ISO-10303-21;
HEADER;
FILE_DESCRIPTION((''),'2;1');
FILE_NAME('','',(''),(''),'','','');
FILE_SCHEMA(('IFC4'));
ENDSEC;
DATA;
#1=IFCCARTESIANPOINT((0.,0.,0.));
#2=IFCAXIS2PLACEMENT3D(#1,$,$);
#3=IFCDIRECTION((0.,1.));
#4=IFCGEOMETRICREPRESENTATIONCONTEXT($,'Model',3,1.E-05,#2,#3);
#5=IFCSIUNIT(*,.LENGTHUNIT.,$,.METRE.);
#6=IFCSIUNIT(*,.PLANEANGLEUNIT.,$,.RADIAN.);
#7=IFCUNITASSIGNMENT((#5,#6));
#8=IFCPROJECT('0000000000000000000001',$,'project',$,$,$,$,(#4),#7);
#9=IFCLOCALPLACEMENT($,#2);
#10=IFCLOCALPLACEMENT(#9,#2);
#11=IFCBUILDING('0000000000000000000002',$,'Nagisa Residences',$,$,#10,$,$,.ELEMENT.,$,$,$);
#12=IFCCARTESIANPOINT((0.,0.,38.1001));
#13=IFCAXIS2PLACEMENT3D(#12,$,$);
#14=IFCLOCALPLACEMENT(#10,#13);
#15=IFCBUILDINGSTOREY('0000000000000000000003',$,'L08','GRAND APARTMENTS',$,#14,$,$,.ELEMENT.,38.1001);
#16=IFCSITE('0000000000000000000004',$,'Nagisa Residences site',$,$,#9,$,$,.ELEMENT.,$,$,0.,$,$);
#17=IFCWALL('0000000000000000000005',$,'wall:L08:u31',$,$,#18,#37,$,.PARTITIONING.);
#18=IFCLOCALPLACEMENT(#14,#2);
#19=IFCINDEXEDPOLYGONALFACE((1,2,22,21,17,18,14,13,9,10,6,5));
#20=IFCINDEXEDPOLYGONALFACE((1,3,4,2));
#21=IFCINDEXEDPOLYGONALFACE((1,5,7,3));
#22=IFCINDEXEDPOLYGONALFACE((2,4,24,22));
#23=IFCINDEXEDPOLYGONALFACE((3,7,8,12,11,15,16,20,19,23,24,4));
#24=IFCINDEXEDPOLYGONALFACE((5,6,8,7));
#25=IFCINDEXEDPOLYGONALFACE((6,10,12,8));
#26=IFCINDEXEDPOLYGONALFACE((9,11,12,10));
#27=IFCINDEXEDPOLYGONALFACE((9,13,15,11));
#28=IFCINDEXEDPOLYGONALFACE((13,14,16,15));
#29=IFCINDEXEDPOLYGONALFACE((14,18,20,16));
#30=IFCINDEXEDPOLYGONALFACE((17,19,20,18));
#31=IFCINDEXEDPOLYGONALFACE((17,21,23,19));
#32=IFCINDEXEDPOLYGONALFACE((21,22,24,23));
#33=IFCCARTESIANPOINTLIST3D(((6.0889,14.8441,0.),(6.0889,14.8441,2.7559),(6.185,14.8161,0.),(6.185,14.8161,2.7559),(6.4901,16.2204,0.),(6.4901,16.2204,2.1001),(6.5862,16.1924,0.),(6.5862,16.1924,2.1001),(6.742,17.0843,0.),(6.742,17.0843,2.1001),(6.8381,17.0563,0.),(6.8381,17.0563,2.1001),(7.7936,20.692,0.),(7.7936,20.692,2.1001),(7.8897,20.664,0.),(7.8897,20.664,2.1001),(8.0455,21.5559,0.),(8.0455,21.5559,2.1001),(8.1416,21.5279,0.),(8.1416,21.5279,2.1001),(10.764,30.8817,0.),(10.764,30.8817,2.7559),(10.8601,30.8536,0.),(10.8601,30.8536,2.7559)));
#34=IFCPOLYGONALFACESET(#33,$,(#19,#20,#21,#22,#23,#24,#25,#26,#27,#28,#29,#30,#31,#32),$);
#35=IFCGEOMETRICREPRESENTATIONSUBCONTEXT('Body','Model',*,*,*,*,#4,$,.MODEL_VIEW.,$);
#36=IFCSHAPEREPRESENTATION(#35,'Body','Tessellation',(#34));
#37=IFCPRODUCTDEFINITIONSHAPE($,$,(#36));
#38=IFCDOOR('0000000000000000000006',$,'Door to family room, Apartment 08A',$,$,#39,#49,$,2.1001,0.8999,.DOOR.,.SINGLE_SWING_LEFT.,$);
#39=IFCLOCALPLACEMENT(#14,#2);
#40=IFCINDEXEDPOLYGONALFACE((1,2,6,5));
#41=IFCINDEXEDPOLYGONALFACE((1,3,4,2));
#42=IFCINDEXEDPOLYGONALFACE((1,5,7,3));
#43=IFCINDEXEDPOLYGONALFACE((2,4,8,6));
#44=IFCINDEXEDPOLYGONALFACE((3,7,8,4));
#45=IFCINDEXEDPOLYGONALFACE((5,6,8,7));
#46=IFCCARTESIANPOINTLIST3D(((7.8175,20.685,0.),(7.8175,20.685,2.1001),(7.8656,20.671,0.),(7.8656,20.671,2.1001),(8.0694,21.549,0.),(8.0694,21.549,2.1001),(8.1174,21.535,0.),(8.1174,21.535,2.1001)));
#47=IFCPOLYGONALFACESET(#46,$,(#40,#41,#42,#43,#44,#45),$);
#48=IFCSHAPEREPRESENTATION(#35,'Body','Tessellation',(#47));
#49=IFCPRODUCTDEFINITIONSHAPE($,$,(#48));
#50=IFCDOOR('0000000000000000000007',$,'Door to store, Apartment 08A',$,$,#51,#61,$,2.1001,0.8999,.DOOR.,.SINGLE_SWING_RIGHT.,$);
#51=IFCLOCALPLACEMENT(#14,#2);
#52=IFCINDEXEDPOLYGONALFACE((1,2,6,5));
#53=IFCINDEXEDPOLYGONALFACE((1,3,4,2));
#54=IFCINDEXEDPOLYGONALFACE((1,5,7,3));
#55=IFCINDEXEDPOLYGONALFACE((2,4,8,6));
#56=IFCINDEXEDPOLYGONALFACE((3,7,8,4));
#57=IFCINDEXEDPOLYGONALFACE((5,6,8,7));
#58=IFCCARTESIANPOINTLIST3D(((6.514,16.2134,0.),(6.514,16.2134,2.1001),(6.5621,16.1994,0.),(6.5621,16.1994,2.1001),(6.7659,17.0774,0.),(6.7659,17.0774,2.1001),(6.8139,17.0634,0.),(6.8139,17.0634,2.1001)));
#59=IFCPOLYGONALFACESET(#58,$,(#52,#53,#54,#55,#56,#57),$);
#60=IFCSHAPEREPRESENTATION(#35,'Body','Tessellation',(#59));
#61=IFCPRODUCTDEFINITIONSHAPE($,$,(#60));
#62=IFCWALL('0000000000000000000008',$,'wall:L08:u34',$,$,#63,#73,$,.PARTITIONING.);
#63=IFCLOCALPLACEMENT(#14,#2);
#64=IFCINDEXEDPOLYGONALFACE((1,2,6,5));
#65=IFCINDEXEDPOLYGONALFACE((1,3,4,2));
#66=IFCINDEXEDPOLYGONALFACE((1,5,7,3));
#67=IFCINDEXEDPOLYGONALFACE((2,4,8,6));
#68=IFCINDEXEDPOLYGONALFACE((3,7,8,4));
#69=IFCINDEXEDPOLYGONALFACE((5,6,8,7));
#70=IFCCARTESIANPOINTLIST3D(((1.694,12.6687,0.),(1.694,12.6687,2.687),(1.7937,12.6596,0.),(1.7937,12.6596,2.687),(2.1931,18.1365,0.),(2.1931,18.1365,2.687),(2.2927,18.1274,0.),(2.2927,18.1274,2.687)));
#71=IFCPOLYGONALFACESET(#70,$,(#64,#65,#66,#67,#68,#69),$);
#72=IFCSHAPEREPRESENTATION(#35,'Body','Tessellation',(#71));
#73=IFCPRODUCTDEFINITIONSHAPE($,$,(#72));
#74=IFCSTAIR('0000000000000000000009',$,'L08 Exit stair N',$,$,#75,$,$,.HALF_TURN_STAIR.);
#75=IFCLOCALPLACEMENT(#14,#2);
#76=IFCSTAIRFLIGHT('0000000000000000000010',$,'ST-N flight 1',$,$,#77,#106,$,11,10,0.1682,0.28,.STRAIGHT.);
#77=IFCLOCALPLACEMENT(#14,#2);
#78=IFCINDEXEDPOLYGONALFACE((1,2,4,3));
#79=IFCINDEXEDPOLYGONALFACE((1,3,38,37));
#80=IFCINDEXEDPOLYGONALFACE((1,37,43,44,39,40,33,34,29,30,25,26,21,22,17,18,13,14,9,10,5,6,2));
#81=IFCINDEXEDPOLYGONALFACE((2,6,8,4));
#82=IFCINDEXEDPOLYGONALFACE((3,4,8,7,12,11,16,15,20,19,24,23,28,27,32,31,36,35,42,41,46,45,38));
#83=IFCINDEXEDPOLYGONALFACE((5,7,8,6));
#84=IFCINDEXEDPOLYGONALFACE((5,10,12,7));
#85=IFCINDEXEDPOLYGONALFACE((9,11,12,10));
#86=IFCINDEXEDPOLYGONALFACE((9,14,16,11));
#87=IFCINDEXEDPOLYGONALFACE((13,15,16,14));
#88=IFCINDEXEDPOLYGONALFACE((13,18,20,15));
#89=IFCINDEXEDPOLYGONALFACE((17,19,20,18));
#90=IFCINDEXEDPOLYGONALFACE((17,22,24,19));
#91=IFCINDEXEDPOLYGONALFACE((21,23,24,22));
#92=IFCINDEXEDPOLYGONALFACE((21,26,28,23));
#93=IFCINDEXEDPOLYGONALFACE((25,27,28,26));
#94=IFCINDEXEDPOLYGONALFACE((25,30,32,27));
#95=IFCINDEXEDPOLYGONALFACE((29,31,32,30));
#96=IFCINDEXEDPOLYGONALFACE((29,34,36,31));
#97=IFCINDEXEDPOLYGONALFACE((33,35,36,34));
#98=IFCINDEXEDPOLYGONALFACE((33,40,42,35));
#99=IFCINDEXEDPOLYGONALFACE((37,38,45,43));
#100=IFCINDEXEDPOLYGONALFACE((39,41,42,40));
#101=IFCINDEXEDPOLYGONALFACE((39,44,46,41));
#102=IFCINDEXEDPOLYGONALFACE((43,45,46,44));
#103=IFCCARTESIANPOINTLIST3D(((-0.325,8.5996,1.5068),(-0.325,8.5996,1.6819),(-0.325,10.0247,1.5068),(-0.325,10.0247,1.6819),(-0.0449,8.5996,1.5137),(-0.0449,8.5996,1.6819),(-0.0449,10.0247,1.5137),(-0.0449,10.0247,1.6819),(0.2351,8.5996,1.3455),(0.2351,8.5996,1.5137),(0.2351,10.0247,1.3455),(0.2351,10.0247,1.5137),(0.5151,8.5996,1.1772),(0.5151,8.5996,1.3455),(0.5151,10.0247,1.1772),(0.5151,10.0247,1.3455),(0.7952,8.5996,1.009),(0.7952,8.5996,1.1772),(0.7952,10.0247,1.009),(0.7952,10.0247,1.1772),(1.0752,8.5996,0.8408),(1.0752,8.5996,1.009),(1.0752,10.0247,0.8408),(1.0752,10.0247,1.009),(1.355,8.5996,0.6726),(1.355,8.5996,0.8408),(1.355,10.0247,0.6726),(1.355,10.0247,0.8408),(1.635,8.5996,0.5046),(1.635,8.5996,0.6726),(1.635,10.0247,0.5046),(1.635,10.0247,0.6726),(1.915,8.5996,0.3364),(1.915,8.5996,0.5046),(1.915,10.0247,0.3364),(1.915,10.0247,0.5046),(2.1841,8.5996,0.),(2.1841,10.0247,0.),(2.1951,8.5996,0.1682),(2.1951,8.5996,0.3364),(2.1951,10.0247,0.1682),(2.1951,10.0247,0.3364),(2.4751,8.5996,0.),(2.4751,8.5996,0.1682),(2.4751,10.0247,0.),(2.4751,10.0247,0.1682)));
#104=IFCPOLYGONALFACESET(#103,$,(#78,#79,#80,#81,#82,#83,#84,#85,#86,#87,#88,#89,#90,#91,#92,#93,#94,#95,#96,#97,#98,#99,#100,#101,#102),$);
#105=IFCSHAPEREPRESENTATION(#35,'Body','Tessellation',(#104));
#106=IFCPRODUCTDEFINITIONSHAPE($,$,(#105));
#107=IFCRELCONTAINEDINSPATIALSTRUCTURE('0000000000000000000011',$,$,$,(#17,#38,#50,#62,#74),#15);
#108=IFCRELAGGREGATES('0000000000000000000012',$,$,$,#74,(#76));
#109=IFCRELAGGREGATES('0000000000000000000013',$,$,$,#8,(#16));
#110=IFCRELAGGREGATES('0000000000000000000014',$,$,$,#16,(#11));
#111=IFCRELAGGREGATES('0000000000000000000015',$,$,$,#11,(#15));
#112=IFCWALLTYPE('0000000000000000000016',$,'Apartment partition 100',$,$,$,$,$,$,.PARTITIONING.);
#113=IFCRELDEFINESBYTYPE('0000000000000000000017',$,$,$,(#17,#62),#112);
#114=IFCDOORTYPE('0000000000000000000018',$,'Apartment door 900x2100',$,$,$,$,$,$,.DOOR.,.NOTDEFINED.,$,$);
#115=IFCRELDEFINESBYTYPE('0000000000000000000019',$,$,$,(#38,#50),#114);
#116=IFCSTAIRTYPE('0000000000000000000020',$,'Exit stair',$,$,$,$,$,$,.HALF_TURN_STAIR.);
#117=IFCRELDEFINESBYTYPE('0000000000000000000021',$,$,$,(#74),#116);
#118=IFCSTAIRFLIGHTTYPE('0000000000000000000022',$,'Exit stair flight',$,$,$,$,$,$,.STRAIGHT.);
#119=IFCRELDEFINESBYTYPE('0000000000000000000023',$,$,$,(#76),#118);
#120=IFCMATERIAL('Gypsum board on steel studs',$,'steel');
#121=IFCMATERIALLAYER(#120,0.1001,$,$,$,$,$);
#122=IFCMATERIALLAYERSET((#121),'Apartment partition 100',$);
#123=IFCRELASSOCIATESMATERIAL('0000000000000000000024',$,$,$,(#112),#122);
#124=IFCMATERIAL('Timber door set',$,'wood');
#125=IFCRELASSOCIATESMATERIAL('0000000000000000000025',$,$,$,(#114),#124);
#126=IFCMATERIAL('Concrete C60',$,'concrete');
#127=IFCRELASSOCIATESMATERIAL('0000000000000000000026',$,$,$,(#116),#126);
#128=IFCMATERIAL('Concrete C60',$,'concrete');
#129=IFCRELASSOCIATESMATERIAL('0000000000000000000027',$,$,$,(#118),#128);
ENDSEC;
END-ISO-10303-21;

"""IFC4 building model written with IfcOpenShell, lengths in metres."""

from ifc_helpers import new_model, si_unit, direction, frame, frame_2d, origin, place, context, subcontext, project, spatial, polyline, rectangle, outline, extrude, material, layer, layer_set, type_object, element, fill, aggregate, save


model = new_model("IFC4")

# Units and contexts
model_context = context("Model", 3, precision=1e-05, world=origin(), true_north=direction((0.0, 1.0)))
body_context = subcontext(model_context, "Body", "Model", "MODEL_VIEW")
ifc_project = project(units=[si_unit("LENGTHUNIT", "METRE"), si_unit("PLANEANGLEUNIT", "RADIAN")], contexts=[model_context])

# Site, building, storey
site_placement = place(None, origin())
site = spatial("IfcSite", under=ifc_project, at=site_placement, Name="Nagisa Residences site", CompositionType="ELEMENT", RefElevation=0.0)
building_placement = place(site_placement, origin())
building = spatial("IfcBuilding", under=site, at=building_placement, Name="Nagisa Residences", CompositionType="ELEMENT")
storey_placement = place(building_placement, frame((0.0, 0.0, 38.1001)))
storey = spatial("IfcBuildingStorey", under=building, at=storey_placement, Name="L08", Description="GRAND APARTMENTS", CompositionType="ELEMENT", Elevation=38.1001)

# Shared definitions
ifc_material_1 = material(Name="Gypsum board on steel studs", Category="steel")
ifc_layer_1 = layer(ifc_material_1, 0.1001)
ifc_layer_set_1 = layer_set([ifc_layer_1], Name="Apartment partition 100")
wall_type_1 = type_object("IfcWallType", Name="Apartment partition 100", PredefinedType="PARTITIONING", material=ifc_layer_set_1)
ifc_material_2 = material(Name="Timber door set", Category="wood")
door_type = type_object("IfcDoorType", Name="Apartment door 900x2100", OperationType="NOTDEFINED", PredefinedType="DOOR", material=ifc_material_2)

# Wall, openings, doors
wall_1_placement = place(storey_placement, frame((6.137, 14.8301, 0.0), z_axis=(0.0, 0.0, 1.0), x_axis=(0.279857, 0.960042, 0.0)))
wall_1 = element("IfcWall", 1, at=wall_1_placement, inside=storey, type_object=wall_type_1, Name="wall:L08:u31", PredefinedType="PARTITIONING", context=body_context, shape_type="SweptSolid", body=[
    extrude(rectangle(XDim=16.7051, YDim=0.1001, at=frame_2d((8.3525, 0.0))), origin(), (0.0, 0.0, 1.0), 2.7559),
])
opening_1_placement = place(wall_1_placement, frame((6.0913, 0.0, 0.0)))
opening_1 = element("IfcOpeningElement", 2, at=opening_1_placement, cuts=wall_1, PredefinedType="OPENING", context=body_context, shape_type="SweptSolid", body=[
    extrude(rectangle(XDim=0.8999, YDim=2.1001, at=frame_2d((0.45, 1.05))), frame((0.0, 0.0601, 0.0), z_axis=(0.0, -1.0, 0.0), x_axis=(1.0, 0.0, 0.0)), (0.0, 0.0, 1.0), 0.1201),
])
opening_2_placement = place(wall_1_placement, frame((1.4336, 0.0, 0.0)))
opening_2 = element("IfcOpeningElement", 3, at=opening_2_placement, cuts=wall_1, PredefinedType="OPENING", context=body_context, shape_type="SweptSolid", body=[
    extrude(rectangle(XDim=0.8999, YDim=2.1001, at=frame_2d((0.45, 1.05))), frame((0.0, 0.0601, 0.0), z_axis=(0.0, -1.0, 0.0), x_axis=(1.0, 0.0, 0.0)), (0.0, 0.0, 1.0), 0.1201),
])
door_1_placement = place(opening_1_placement, frame((0.8999, 0.0, 0.0), x_axis=(-1.0, 0.0, 0.0)))
door_1 = element("IfcDoor", 4, at=door_1_placement, inside=storey, type_object=door_type, Name="Door to family room, Apartment 08A", OperationType="SINGLE_SWING_LEFT", OverallHeight=2.1001, OverallWidth=0.8999, PredefinedType="DOOR", context=body_context, shape_type="SweptSolid", body=[
    extrude(rectangle(XDim=0.8999, YDim=2.1001, at=frame_2d((0.45, 1.05))), frame((0.0, 0.0249, 0.0), z_axis=(0.0, -1.0, 0.0), x_axis=(1.0, 0.0, 0.0)), (0.0, 0.0, 1.0), 0.05),
])
fill(opening_1, door_1)
door_2_placement = place(opening_2_placement, frame((0.8999, 0.0, 0.0), x_axis=(-1.0, 0.0, 0.0)))
door_2 = element("IfcDoor", 5, at=door_2_placement, inside=storey, type_object=door_type, Name="Door to store, Apartment 08A", OperationType="SINGLE_SWING_RIGHT", OverallHeight=2.1001, OverallWidth=0.8999, PredefinedType="DOOR", context=body_context, shape_type="SweptSolid", body=[
    extrude(rectangle(XDim=0.8999, YDim=2.1001, at=frame_2d((0.45, 1.05))), frame((0.0, 0.0249, 0.0), z_axis=(0.0, -1.0, 0.0), x_axis=(1.0, 0.0, 0.0)), (0.0, 0.0, 1.0), 0.05),
])
fill(opening_2, door_2)

# Wall
wall_2_placement = place(storey_placement, frame((1.7439, 12.6643, 0.0), z_axis=(0.0, 0.0, 1.0), x_axis=(0.090889, 0.995861, 0.0)))
element("IfcWall", 6, at=wall_2_placement, inside=storey, type_object=wall_type_1, Name="wall:L08:u34", PredefinedType="PARTITIONING", context=body_context, shape_type="SweptSolid", body=[
    extrude(rectangle(XDim=5.4905, YDim=0.1001, at=frame_2d((2.7451, 0.0))), origin(), (0.0, 0.0, 1.0), 2.687),
])

# Stair, stair flight
ifc_material_3 = material(Name="Concrete C60", Category="concrete")
stair_type = type_object("IfcStairType", Name="Exit stair", PredefinedType="HALF_TURN_STAIR", material=ifc_material_3)
stair_placement = place(storey_placement, origin())
stair = element("IfcStair", 7, at=stair_placement, inside=storey, type_object=stair_type, Name="L08 Exit stair N", PredefinedType="HALF_TURN_STAIR")
ifc_material_4 = material(Name="Concrete C60", Category="concrete")
stair_flight_type = type_object("IfcStairFlightType", Name="Exit stair flight", PredefinedType="STRAIGHT", material=ifc_material_4)
stair_flight_placement = place(storey_placement, frame((2.4751, 9.312, 0.0), z_axis=(0.0, 0.0, 1.0), x_axis=(-1.0, 0.0, 0.0)))
stair_flight = element("IfcStairFlight", 8, at=stair_flight_placement, type_object=stair_flight_type, Name="ST-N flight 1", NumberOfRisers=11, NumberOfTreads=10, PredefinedType="STRAIGHT", RiserHeight=0.1682, TreadLength=0.28, context=body_context, shape_type="SweptSolid", body=[
    extrude(outline(polyline([(0.0, 0.0), (0.0, 0.1682), (0.28, 0.1682), (0.28, 0.3364), (0.5601, 0.3364), (0.5601, 0.5046), (0.8401, 0.5046), (0.8401, 0.6726), (1.1201, 0.6726), (1.1201, 0.8408), (1.3999, 0.8408), (1.3999, 1.009), (1.6799, 1.009), (1.6799, 1.1772), (1.96, 1.1772), (1.96, 1.3455), (2.24, 1.3455), (2.24, 1.5137), (2.52, 1.5137), (2.52, 1.6819), (2.8, 1.6819), (2.8, 1.8501), (2.8, 1.5068), (0.291, 0.0), (0.0, 0.0)])), frame((0.0, 0.7124, 0.0), z_axis=(0.0, -1.0, 0.0), x_axis=(1.0, 0.0, 0.0)), (0.0, 0.0, 1.0), 1.425),
])
aggregate(stair, [stair_flight])

save(model, "model.ifc")
